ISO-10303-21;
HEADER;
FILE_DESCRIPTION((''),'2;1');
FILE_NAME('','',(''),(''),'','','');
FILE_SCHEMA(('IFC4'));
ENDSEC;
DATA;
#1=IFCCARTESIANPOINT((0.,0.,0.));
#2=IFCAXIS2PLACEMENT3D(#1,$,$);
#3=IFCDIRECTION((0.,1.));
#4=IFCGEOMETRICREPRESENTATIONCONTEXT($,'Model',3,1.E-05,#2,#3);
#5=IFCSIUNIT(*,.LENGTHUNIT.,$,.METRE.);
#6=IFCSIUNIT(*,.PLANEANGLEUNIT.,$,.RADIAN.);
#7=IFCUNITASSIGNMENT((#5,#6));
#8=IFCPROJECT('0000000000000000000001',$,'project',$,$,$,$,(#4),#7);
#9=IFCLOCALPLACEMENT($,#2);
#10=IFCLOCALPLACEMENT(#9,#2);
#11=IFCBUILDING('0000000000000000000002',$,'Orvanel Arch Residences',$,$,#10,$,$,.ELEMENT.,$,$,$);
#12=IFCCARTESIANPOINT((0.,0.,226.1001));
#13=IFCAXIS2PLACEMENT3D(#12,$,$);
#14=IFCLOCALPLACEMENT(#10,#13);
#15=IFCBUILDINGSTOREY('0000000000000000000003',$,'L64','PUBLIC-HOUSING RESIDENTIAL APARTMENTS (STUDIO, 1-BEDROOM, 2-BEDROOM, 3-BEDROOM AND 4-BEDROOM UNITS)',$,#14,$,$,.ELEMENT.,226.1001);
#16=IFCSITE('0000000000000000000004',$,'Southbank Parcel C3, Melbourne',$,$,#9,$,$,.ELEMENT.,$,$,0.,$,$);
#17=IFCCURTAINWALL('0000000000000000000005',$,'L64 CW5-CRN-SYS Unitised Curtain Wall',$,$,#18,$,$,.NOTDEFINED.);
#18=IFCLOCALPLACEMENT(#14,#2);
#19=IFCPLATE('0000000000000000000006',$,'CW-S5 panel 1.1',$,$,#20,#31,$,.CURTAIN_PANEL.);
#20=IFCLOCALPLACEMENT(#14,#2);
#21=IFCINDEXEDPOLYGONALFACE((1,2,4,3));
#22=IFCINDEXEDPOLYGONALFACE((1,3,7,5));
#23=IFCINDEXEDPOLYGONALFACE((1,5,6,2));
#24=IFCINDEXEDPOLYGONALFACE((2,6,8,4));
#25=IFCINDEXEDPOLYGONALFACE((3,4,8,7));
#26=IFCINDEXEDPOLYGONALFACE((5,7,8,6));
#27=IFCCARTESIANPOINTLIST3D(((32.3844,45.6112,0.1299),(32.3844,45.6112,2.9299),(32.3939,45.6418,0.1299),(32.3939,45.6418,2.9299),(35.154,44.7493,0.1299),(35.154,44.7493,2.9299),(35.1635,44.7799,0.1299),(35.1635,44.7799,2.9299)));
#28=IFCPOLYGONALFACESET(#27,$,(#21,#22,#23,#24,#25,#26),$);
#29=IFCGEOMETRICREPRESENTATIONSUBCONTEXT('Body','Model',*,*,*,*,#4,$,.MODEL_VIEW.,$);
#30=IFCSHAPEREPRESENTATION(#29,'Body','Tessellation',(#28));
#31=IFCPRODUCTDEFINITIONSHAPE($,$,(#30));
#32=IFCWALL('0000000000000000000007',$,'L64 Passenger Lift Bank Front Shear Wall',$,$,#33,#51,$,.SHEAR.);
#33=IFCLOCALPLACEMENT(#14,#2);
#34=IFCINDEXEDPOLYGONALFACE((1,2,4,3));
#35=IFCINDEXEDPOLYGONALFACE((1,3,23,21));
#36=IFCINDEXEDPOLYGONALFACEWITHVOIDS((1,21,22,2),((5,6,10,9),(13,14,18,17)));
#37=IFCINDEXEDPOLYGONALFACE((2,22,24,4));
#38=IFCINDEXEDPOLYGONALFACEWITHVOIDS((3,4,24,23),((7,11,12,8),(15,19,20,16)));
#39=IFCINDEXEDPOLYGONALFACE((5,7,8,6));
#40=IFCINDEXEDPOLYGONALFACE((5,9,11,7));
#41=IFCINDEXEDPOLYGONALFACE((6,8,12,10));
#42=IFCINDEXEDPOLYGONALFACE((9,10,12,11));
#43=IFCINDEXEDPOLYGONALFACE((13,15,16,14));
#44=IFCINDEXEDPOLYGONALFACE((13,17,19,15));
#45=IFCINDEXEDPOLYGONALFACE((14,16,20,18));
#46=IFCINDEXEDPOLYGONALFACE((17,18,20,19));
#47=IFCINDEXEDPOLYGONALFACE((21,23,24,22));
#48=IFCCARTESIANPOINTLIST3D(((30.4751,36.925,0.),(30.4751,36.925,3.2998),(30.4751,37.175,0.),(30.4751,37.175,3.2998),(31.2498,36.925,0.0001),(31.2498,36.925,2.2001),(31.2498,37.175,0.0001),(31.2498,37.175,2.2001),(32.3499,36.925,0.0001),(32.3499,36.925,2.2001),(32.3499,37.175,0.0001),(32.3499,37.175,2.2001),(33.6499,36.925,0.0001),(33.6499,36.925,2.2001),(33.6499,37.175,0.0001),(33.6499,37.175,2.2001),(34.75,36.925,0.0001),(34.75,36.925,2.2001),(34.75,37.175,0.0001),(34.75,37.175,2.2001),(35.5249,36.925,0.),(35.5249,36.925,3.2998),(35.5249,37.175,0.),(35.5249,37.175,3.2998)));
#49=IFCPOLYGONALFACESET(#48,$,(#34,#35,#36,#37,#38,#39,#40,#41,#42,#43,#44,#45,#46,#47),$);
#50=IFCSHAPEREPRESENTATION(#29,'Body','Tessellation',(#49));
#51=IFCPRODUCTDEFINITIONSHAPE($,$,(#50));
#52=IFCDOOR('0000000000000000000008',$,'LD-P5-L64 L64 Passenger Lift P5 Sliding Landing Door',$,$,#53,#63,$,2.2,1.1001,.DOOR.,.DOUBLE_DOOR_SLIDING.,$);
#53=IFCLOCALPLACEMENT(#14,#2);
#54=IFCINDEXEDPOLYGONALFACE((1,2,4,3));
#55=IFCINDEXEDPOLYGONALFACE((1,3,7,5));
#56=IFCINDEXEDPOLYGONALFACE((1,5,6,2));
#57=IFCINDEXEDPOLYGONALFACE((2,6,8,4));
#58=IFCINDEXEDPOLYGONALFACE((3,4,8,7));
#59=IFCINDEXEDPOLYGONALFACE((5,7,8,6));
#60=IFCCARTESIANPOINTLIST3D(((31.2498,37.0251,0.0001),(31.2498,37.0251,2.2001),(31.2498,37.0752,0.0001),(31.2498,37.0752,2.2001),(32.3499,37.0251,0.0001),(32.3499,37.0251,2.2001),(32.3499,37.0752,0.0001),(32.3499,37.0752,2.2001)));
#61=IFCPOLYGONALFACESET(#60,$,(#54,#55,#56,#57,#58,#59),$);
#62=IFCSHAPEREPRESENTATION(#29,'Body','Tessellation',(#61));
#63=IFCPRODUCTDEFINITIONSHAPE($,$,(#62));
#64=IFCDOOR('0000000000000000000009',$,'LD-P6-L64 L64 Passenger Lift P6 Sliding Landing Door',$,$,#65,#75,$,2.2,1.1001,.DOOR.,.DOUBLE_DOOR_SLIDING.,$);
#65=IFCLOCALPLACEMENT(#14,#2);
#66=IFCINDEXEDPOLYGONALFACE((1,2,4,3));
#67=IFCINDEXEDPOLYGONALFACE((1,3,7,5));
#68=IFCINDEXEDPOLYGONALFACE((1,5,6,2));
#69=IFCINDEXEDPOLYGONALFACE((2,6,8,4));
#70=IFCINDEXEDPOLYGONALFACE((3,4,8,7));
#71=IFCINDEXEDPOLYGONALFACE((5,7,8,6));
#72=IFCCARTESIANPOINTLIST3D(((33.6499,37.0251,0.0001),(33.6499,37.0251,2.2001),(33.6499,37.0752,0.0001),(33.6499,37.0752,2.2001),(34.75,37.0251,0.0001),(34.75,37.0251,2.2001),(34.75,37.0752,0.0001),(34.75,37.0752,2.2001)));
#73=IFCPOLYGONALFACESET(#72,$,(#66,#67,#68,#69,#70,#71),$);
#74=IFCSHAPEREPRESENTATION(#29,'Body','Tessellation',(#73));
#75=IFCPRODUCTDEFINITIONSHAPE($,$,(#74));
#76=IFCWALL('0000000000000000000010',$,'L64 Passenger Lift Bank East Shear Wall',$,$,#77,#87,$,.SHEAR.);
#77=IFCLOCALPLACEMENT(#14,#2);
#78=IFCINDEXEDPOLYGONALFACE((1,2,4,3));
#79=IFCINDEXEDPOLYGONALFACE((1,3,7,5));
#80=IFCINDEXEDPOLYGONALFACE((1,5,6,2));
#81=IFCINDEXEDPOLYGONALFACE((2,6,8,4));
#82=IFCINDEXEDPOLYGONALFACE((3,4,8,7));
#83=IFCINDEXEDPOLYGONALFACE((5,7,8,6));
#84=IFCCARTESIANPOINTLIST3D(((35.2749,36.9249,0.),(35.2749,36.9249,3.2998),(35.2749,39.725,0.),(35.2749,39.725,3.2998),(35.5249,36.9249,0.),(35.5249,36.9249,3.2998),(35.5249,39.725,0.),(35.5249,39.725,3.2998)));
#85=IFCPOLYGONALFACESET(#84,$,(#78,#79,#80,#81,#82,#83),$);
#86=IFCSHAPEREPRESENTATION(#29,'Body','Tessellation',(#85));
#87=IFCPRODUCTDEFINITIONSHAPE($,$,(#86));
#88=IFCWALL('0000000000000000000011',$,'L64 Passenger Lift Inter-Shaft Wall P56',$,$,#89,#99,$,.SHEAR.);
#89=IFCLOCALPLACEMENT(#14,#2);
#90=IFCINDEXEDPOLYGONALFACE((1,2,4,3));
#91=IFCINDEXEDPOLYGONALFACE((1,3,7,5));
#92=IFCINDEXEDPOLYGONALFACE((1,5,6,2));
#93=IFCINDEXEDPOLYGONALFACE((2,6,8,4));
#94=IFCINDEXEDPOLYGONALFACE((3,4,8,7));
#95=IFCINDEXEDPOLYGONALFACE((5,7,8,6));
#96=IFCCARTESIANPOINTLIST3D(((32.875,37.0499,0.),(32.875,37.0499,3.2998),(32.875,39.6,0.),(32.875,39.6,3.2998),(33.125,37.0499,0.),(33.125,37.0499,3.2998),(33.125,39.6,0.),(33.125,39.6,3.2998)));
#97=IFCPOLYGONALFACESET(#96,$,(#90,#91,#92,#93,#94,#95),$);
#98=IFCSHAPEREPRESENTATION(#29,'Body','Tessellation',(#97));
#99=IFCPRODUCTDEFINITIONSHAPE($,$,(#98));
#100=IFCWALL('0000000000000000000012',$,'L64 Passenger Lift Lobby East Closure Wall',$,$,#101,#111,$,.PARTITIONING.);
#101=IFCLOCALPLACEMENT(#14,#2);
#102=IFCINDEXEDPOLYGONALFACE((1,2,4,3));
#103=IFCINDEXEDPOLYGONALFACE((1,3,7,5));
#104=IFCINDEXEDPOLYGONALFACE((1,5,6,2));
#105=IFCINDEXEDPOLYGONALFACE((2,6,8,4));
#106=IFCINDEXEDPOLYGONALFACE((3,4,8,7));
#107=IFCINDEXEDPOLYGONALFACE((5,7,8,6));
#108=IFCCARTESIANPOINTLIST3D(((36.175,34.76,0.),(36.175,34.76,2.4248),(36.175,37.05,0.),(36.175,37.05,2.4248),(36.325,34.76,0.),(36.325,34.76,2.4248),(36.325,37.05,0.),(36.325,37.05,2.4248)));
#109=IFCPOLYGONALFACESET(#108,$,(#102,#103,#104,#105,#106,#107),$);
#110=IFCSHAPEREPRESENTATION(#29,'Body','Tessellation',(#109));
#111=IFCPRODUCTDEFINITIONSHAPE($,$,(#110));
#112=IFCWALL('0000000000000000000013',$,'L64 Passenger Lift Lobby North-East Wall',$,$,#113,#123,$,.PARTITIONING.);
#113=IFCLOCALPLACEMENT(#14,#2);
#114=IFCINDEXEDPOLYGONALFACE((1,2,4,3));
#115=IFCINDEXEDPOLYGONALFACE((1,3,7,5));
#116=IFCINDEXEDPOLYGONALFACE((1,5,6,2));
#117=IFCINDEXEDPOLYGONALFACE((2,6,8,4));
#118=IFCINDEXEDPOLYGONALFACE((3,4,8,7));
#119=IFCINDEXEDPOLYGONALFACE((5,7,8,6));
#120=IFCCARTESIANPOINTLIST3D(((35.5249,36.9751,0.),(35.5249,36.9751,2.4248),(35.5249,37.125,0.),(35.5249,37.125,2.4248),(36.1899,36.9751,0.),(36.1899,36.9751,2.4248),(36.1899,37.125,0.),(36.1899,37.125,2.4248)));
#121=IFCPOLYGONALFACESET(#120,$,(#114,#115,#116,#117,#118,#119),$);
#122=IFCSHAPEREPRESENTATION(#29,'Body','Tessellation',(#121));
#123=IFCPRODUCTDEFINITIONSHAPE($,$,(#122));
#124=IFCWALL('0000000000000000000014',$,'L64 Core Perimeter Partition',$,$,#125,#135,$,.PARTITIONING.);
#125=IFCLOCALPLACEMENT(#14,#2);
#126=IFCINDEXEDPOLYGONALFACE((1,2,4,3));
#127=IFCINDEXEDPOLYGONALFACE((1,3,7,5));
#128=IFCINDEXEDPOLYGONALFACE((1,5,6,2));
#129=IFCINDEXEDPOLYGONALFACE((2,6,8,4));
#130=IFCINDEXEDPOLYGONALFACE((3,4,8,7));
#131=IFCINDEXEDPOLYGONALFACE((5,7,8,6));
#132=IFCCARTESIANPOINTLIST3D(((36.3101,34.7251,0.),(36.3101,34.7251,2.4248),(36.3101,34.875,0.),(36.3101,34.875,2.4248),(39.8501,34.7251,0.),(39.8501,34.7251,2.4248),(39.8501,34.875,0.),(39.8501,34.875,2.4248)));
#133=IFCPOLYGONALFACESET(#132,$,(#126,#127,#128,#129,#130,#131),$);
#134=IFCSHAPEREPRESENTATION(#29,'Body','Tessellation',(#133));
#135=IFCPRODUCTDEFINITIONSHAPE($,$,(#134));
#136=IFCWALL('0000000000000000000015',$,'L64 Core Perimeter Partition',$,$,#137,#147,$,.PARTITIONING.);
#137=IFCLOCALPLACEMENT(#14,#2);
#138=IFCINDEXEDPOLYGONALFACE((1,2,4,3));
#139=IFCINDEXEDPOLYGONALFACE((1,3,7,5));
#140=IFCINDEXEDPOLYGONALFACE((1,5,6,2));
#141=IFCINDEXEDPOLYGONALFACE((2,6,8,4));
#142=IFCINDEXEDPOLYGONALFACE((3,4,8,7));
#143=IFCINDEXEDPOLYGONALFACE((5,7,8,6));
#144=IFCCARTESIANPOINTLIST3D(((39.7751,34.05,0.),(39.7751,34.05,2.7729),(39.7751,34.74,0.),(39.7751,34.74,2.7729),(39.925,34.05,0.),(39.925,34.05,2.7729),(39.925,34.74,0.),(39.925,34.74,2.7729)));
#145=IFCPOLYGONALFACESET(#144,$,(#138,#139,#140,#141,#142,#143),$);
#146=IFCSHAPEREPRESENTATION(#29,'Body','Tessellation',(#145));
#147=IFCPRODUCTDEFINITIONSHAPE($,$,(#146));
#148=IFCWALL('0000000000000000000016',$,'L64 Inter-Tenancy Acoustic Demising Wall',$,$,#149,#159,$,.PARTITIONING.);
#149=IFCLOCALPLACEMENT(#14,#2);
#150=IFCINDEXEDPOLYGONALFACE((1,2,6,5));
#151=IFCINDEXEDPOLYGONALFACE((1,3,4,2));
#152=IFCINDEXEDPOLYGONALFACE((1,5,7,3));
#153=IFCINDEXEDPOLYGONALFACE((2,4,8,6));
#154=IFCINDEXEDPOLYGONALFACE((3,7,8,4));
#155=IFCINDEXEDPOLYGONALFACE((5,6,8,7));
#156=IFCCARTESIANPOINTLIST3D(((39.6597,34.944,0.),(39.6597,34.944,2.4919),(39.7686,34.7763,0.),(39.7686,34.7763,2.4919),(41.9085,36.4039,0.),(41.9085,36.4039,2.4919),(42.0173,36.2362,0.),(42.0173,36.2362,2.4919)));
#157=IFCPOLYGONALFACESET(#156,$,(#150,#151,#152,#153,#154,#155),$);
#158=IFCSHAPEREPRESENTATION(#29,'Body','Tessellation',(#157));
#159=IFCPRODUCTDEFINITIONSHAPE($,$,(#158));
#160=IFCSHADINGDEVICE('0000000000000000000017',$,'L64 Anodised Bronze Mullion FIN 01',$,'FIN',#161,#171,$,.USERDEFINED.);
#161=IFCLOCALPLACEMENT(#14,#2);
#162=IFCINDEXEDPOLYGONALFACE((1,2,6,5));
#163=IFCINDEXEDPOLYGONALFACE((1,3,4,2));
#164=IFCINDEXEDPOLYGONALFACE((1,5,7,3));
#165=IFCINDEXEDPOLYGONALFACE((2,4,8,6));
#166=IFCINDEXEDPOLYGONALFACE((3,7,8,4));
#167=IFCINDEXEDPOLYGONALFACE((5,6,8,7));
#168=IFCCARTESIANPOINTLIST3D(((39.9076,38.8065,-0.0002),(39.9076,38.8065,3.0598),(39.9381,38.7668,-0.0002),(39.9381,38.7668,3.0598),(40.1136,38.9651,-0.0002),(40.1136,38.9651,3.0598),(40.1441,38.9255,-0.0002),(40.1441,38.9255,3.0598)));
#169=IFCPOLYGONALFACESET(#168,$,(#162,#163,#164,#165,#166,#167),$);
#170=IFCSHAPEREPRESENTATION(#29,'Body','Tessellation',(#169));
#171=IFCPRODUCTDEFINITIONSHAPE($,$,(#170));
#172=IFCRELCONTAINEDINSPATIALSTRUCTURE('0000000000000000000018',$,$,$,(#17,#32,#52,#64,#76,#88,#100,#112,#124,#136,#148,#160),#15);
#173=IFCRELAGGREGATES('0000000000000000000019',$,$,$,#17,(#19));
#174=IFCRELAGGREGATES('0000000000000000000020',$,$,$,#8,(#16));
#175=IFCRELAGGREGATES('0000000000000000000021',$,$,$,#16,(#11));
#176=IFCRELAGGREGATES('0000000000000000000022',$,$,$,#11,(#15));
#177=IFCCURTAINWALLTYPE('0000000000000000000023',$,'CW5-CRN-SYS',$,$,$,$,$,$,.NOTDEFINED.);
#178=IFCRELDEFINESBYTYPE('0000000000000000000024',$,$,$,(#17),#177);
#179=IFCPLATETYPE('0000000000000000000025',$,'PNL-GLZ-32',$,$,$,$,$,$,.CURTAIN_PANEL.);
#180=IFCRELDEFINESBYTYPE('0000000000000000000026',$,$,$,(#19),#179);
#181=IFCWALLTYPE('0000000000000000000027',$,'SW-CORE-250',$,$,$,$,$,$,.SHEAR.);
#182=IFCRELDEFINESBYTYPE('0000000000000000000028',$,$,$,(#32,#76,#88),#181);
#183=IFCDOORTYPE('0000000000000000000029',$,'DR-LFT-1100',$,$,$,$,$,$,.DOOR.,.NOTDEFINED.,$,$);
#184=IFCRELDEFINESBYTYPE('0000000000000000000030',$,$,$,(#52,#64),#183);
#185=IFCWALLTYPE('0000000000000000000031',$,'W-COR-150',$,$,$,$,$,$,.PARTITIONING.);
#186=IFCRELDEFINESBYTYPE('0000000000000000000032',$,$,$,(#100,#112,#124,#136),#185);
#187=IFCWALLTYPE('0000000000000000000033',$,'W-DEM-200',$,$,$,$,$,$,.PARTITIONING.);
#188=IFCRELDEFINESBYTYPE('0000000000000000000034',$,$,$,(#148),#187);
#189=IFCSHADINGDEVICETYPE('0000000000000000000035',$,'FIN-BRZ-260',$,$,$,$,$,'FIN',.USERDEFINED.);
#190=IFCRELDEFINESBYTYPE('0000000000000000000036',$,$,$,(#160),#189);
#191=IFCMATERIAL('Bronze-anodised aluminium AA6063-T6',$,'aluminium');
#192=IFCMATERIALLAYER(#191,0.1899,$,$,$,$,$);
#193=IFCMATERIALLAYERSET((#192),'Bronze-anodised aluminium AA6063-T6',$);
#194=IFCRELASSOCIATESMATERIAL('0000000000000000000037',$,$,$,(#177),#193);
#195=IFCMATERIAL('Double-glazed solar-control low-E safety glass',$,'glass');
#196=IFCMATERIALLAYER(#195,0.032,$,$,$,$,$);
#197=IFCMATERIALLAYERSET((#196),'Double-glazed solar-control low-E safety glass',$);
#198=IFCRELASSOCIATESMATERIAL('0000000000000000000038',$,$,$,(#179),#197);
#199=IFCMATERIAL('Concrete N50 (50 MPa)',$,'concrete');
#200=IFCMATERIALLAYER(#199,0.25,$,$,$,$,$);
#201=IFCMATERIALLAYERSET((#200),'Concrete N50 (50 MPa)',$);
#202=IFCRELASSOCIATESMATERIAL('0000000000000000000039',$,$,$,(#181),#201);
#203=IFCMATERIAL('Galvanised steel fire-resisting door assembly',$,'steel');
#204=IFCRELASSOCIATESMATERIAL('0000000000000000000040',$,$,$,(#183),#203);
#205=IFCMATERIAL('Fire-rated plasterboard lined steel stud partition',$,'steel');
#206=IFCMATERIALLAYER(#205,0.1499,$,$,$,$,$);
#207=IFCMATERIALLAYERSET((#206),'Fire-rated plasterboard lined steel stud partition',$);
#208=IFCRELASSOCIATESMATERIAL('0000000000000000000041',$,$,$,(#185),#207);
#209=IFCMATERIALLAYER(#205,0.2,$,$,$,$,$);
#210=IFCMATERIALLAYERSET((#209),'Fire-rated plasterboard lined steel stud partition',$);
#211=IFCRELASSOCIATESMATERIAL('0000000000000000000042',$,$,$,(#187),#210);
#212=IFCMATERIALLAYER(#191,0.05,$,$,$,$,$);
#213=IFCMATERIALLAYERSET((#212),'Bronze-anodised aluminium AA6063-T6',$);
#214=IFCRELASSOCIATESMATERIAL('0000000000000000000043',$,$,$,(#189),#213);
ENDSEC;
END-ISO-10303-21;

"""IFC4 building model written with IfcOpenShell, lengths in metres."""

from ifc_helpers import new_model, si_unit, direction, frame, frame_2d, origin, origin_2d, place, context, subcontext, project, spatial, rectangle, extrude, material, layer, layer_set, type_object, element, fill, aggregate, save


model = new_model("IFC4")

# Units and contexts
model_context = context("Model", 3, precision=1e-05, world=origin(), true_north=direction((0.0, 1.0)))
body_context = subcontext(model_context, "Body", "Model", "MODEL_VIEW")
ifc_project = project(units=[si_unit("LENGTHUNIT", "METRE"), si_unit("PLANEANGLEUNIT", "RADIAN")], contexts=[model_context])

# Site, building, storey
site_placement = place(None, origin())
site = spatial("IfcSite", under=ifc_project, at=site_placement, Name="Southbank Parcel C3, Melbourne", CompositionType="ELEMENT", RefElevation=0.0)
building_placement = place(site_placement, origin())
building = spatial("IfcBuilding", under=site, at=building_placement, Name="Orvanel Arch Residences", CompositionType="ELEMENT")
storey_placement = place(building_placement, frame((0.0, 0.0, 226.1001)))
storey = spatial("IfcBuildingStorey", under=building, at=storey_placement, Name="L64", Description="PUBLIC-HOUSING RESIDENTIAL APARTMENTS (STUDIO, 1-BEDROOM, 2-BEDROOM, 3-BEDROOM AND 4-BEDROOM UNITS)", CompositionType="ELEMENT", Elevation=226.1001)

# Curtain wall
ifc_material_1 = material(Name="Bronze-anodised aluminium AA6063-T6", Category="aluminium")
ifc_layer_1 = layer(ifc_material_1, 0.1899)
ifc_layer_set_1 = layer_set([ifc_layer_1], Name="Bronze-anodised aluminium AA6063-T6")
curtain_wall_type_1 = type_object("IfcCurtainWallType", Name="CW5-CRN-SYS", PredefinedType="NOTDEFINED", material=ifc_layer_set_1)
curtain_wall_1_placement = place(storey_placement, origin())
curtain_wall_1 = element("IfcCurtainWall", 1, at=curtain_wall_1_placement, inside=storey, type_object=curtain_wall_type_1, Name="L64 CW5-CRN-SYS Unitised Curtain Wall", PredefinedType="NOTDEFINED")

# Plate
ifc_material_2 = material(Name="Double-glazed solar-control low-E safety glass", Category="glass")
ifc_layer_2 = layer(ifc_material_2, 0.032)
ifc_layer_set_2 = layer_set([ifc_layer_2], Name="Double-glazed solar-control low-E safety glass")
plate_type_1 = type_object("IfcPlateType", Name="PNL-GLZ-32", PredefinedType="CURTAIN_PANEL", material=ifc_layer_set_2)
plate_1_placement = place(storey_placement, frame((33.7739, 45.1956, 0.1299), z_axis=(0.0, 0.0, 1.0), x_axis=(-0.954835, 0.297136, 0.0)))
plate_1 = element("IfcPlate", 2, at=plate_1_placement, type_object=plate_type_1, Name="CW-S5 panel 1.1", PredefinedType="CURTAIN_PANEL", context=body_context, shape_type="SweptSolid", body=[
    extrude(rectangle(XDim=2.9006, YDim=0.032, at=origin_2d()), origin(), (0.0, 0.0, 1.0), 2.8),
])
aggregate(curtain_wall_1, [plate_1])

# Wall, openings, doors
ifc_material_3 = material(Name="Concrete N50 (50 MPa)", Category="concrete")
ifc_layer_3 = layer(ifc_material_3, 0.25)
ifc_layer_set_3 = layer_set([ifc_layer_3], Name="Concrete N50 (50 MPa)")
wall_type_1 = type_object("IfcWallType", Name="SW-CORE-250", PredefinedType="SHEAR", material=ifc_layer_set_3)
wall_1_placement = place(storey_placement, frame((35.5249, 37.05, 0.0), z_axis=(0.0, 0.0, 1.0), x_axis=(-1.0, 0.0, 0.0)))
wall_1 = element("IfcWall", 3, at=wall_1_placement, inside=storey, type_object=wall_type_1, Name="L64 Passenger Lift Bank Front Shear Wall", PredefinedType="SHEAR", context=body_context, shape_type="SweptSolid", body=[
    extrude(rectangle(XDim=5.0498, YDim=0.25, at=frame_2d((2.5249, 0.0))), origin(), (0.0, 0.0, 1.0), 3.2998),
])
opening_1_placement = place(wall_1_placement, frame((3.175, 0.0, 0.0)))
opening_1 = element("IfcOpeningElement", 4, at=opening_1_placement, cuts=wall_1, PredefinedType="OPENING", context=body_context, shape_type="SweptSolid", body=[
    extrude(rectangle(XDim=1.1001, YDim=2.2, at=frame_2d((0.55, 1.1001))), frame((0.0, 0.135, 0.0), z_axis=(0.0, -1.0, 0.0), x_axis=(1.0, 0.0, 0.0)), (0.0, 0.0, 1.0), 0.27),
])
opening_2_placement = place(wall_1_placement, frame((0.7749, 0.0, 0.0)))
opening_2 = element("IfcOpeningElement", 5, at=opening_2_placement, cuts=wall_1, PredefinedType="OPENING", context=body_context, shape_type="SweptSolid", body=[
    extrude(rectangle(XDim=1.1001, YDim=2.2, at=frame_2d((0.55, 1.1001))), frame((0.0, 0.135, 0.0), z_axis=(0.0, -1.0, 0.0), x_axis=(1.0, 0.0, 0.0)), (0.0, 0.0, 1.0), 0.27),
])
ifc_material_4 = material(Name="Galvanised steel fire-resisting door assembly", Category="steel")
door_type = type_object("IfcDoorType", Name="DR-LFT-1100", OperationType="NOTDEFINED", PredefinedType="DOOR", material=ifc_material_4)
door_1_placement = place(opening_1_placement, origin())
door_1 = element("IfcDoor", 6, at=door_1_placement, inside=storey, type_object=door_type, Name="LD-P5-L64 L64 Passenger Lift P5 Sliding Landing Door", OperationType="DOUBLE_DOOR_SLIDING", OverallHeight=2.2, OverallWidth=1.1001, PredefinedType="DOOR", context=body_context, shape_type="SweptSolid", body=[
    extrude(rectangle(XDim=1.1001, YDim=2.2, at=frame_2d((0.55, 1.1001))), frame((0.0, 0.0249, 0.0), z_axis=(0.0, -1.0, 0.0), x_axis=(1.0, 0.0, 0.0)), (0.0, 0.0, 1.0), 0.05),
])
fill(opening_1, door_1)
door_2_placement = place(opening_2_placement, origin())
door_2 = element("IfcDoor", 7, at=door_2_placement, inside=storey, type_object=door_type, Name="LD-P6-L64 L64 Passenger Lift P6 Sliding Landing Door", OperationType="DOUBLE_DOOR_SLIDING", OverallHeight=2.2, OverallWidth=1.1001, PredefinedType="DOOR", context=body_context, shape_type="SweptSolid", body=[
    extrude(rectangle(XDim=1.1001, YDim=2.2, at=frame_2d((0.55, 1.1001))), frame((0.0, 0.0249, 0.0), z_axis=(0.0, -1.0, 0.0), x_axis=(1.0, 0.0, 0.0)), (0.0, 0.0, 1.0), 0.05),
])
fill(opening_2, door_2)

# Walls
wall_2_placement = place(storey_placement, frame((35.3999, 36.925, 0.0), z_axis=(0.0, 0.0, 1.0), x_axis=(0.0, 1.0, 0.0)))
element("IfcWall", 8, at=wall_2_placement, inside=storey, type_object=wall_type_1, Name="L64 Passenger Lift Bank East Shear Wall", PredefinedType="SHEAR", context=body_context, shape_type="SweptSolid", body=[
    extrude(rectangle(XDim=2.8, YDim=0.25, at=frame_2d((1.3999, 0.0))), origin(), (0.0, 0.0, 1.0), 3.2998),
])
wall_3_placement = place(storey_placement, frame((33.0, 37.05, 0.0), z_axis=(0.0, 0.0, 1.0), x_axis=(0.0, 1.0, 0.0)))
element("IfcWall", 9, at=wall_3_placement, inside=storey, type_object=wall_type_1, Name="L64 Passenger Lift Inter-Shaft Wall P56", PredefinedType="SHEAR", context=body_context, shape_type="SweptSolid", body=[
    extrude(rectangle(XDim=2.55, YDim=0.25, at=frame_2d((1.2749, 0.0))), origin(), (0.0, 0.0, 1.0), 3.2998),
])
ifc_material_5 = material(Name="Fire-rated plasterboard lined steel stud partition", Category="steel")
ifc_layer_4 = layer(ifc_material_5, 0.1499)
ifc_layer_set_4 = layer_set([ifc_layer_4], Name="Fire-rated plasterboard lined steel stud partition")
wall_type_2 = type_object("IfcWallType", Name="W-COR-150", PredefinedType="PARTITIONING", material=ifc_layer_set_4)
wall_4_placement = place(storey_placement, frame((36.25, 34.76, 0.0), z_axis=(0.0, 0.0, 1.0), x_axis=(0.0, 1.0, 0.0)))
element("IfcWall", 10, at=wall_4_placement, inside=storey, type_object=wall_type_2, Name="L64 Passenger Lift Lobby East Closure Wall", PredefinedType="PARTITIONING", context=body_context, shape_type="SweptSolid", body=[
    extrude(rectangle(XDim=2.29, YDim=0.1499, at=frame_2d((1.145, 0.0))), origin(), (0.0, 0.0, 1.0), 2.4248),
])
wall_5_placement = place(storey_placement, frame((35.5249, 37.05, 0.0), z_axis=(0.0, 0.0, 1.0), x_axis=(1.0, 0.0, 0.0)))
element("IfcWall", 11, at=wall_5_placement, inside=storey, type_object=wall_type_2, Name="L64 Passenger Lift Lobby North-East Wall", PredefinedType="PARTITIONING", context=body_context, shape_type="SweptSolid", body=[
    extrude(rectangle(XDim=0.665, YDim=0.1499, at=frame_2d((0.3325, 0.0))), origin(), (0.0, 0.0, 1.0), 2.4248),
])
wall_6_placement = place(storey_placement, frame((36.3101, 34.8, 0.0), z_axis=(0.0, 0.0, 1.0), x_axis=(1.0, 0.0, 0.0)))
element("IfcWall", 12, at=wall_6_placement, inside=storey, type_object=wall_type_2, Name="L64 Core Perimeter Partition", PredefinedType="PARTITIONING", context=body_context, shape_type="SweptSolid", body=[
    extrude(rectangle(XDim=3.54, YDim=0.1499, at=frame_2d((1.77, 0.0))), origin(), (0.0, 0.0, 1.0), 2.4248),
])
wall_7_placement = place(storey_placement, frame((39.8501, 34.74, 0.0), z_axis=(0.0, 0.0, 1.0), x_axis=(0.0, -1.0, 0.0)))
element("IfcWall", 13, at=wall_7_placement, inside=storey, type_object=wall_type_2, Name="L64 Core Perimeter Partition", PredefinedType="PARTITIONING", context=body_context, shape_type="SweptSolid", body=[
    extrude(rectangle(XDim=0.6899, YDim=0.1499, at=frame_2d((0.345, 0.0))), origin(), (0.0, 0.0, 1.0), 2.7729),
])
ifc_layer_5 = layer(ifc_material_5, 0.2)
ifc_layer_set_5 = layer_set([ifc_layer_5], Name="Fire-rated plasterboard lined steel stud partition")
wall_type_3 = type_object("IfcWallType", Name="W-DEM-200", PredefinedType="PARTITIONING", material=ifc_layer_set_5)
wall_8_placement = place(storey_placement, frame((39.7141, 34.8601, 0.0), z_axis=(0.0, 0.0, 1.0), x_axis=(0.838741, 0.544531, 0.0)))
element("IfcWall", 14, at=wall_8_placement, inside=storey, type_object=wall_type_3, Name="L64 Inter-Tenancy Acoustic Demising Wall", PredefinedType="PARTITIONING", context=body_context, shape_type="SweptSolid", body=[
    extrude(rectangle(XDim=2.6812, YDim=0.2, at=frame_2d((1.3406, 0.0))), origin(), (0.0, 0.0, 1.0), 2.4919),
])

# Shading device
ifc_layer_6 = layer(ifc_material_1, 0.05)
ifc_layer_set_6 = layer_set([ifc_layer_6], Name="Bronze-anodised aluminium AA6063-T6")
shading_device_type = type_object("IfcShadingDeviceType", Name="FIN-BRZ-260", ElementType="FIN", PredefinedType="USERDEFINED", material=ifc_layer_set_6)
shading_device_placement = place(storey_placement, frame((40.0259, 38.866, -0.0002), z_axis=(0.0, 0.0, 1.0), x_axis=(0.79229, 0.610145, 0.0)))
element("IfcShadingDevice", 15, at=shading_device_placement, inside=storey, type_object=shading_device_type, Name="L64 Anodised Bronze Mullion FIN 01", ObjectType="FIN", PredefinedType="USERDEFINED", context=body_context, shape_type="SweptSolid", body=[
    extrude(rectangle(XDim=0.26, YDim=0.05, at=origin_2d()), origin(), (0.0, 0.0, 1.0), 3.0601),
])

save(model, "model.ifc")
